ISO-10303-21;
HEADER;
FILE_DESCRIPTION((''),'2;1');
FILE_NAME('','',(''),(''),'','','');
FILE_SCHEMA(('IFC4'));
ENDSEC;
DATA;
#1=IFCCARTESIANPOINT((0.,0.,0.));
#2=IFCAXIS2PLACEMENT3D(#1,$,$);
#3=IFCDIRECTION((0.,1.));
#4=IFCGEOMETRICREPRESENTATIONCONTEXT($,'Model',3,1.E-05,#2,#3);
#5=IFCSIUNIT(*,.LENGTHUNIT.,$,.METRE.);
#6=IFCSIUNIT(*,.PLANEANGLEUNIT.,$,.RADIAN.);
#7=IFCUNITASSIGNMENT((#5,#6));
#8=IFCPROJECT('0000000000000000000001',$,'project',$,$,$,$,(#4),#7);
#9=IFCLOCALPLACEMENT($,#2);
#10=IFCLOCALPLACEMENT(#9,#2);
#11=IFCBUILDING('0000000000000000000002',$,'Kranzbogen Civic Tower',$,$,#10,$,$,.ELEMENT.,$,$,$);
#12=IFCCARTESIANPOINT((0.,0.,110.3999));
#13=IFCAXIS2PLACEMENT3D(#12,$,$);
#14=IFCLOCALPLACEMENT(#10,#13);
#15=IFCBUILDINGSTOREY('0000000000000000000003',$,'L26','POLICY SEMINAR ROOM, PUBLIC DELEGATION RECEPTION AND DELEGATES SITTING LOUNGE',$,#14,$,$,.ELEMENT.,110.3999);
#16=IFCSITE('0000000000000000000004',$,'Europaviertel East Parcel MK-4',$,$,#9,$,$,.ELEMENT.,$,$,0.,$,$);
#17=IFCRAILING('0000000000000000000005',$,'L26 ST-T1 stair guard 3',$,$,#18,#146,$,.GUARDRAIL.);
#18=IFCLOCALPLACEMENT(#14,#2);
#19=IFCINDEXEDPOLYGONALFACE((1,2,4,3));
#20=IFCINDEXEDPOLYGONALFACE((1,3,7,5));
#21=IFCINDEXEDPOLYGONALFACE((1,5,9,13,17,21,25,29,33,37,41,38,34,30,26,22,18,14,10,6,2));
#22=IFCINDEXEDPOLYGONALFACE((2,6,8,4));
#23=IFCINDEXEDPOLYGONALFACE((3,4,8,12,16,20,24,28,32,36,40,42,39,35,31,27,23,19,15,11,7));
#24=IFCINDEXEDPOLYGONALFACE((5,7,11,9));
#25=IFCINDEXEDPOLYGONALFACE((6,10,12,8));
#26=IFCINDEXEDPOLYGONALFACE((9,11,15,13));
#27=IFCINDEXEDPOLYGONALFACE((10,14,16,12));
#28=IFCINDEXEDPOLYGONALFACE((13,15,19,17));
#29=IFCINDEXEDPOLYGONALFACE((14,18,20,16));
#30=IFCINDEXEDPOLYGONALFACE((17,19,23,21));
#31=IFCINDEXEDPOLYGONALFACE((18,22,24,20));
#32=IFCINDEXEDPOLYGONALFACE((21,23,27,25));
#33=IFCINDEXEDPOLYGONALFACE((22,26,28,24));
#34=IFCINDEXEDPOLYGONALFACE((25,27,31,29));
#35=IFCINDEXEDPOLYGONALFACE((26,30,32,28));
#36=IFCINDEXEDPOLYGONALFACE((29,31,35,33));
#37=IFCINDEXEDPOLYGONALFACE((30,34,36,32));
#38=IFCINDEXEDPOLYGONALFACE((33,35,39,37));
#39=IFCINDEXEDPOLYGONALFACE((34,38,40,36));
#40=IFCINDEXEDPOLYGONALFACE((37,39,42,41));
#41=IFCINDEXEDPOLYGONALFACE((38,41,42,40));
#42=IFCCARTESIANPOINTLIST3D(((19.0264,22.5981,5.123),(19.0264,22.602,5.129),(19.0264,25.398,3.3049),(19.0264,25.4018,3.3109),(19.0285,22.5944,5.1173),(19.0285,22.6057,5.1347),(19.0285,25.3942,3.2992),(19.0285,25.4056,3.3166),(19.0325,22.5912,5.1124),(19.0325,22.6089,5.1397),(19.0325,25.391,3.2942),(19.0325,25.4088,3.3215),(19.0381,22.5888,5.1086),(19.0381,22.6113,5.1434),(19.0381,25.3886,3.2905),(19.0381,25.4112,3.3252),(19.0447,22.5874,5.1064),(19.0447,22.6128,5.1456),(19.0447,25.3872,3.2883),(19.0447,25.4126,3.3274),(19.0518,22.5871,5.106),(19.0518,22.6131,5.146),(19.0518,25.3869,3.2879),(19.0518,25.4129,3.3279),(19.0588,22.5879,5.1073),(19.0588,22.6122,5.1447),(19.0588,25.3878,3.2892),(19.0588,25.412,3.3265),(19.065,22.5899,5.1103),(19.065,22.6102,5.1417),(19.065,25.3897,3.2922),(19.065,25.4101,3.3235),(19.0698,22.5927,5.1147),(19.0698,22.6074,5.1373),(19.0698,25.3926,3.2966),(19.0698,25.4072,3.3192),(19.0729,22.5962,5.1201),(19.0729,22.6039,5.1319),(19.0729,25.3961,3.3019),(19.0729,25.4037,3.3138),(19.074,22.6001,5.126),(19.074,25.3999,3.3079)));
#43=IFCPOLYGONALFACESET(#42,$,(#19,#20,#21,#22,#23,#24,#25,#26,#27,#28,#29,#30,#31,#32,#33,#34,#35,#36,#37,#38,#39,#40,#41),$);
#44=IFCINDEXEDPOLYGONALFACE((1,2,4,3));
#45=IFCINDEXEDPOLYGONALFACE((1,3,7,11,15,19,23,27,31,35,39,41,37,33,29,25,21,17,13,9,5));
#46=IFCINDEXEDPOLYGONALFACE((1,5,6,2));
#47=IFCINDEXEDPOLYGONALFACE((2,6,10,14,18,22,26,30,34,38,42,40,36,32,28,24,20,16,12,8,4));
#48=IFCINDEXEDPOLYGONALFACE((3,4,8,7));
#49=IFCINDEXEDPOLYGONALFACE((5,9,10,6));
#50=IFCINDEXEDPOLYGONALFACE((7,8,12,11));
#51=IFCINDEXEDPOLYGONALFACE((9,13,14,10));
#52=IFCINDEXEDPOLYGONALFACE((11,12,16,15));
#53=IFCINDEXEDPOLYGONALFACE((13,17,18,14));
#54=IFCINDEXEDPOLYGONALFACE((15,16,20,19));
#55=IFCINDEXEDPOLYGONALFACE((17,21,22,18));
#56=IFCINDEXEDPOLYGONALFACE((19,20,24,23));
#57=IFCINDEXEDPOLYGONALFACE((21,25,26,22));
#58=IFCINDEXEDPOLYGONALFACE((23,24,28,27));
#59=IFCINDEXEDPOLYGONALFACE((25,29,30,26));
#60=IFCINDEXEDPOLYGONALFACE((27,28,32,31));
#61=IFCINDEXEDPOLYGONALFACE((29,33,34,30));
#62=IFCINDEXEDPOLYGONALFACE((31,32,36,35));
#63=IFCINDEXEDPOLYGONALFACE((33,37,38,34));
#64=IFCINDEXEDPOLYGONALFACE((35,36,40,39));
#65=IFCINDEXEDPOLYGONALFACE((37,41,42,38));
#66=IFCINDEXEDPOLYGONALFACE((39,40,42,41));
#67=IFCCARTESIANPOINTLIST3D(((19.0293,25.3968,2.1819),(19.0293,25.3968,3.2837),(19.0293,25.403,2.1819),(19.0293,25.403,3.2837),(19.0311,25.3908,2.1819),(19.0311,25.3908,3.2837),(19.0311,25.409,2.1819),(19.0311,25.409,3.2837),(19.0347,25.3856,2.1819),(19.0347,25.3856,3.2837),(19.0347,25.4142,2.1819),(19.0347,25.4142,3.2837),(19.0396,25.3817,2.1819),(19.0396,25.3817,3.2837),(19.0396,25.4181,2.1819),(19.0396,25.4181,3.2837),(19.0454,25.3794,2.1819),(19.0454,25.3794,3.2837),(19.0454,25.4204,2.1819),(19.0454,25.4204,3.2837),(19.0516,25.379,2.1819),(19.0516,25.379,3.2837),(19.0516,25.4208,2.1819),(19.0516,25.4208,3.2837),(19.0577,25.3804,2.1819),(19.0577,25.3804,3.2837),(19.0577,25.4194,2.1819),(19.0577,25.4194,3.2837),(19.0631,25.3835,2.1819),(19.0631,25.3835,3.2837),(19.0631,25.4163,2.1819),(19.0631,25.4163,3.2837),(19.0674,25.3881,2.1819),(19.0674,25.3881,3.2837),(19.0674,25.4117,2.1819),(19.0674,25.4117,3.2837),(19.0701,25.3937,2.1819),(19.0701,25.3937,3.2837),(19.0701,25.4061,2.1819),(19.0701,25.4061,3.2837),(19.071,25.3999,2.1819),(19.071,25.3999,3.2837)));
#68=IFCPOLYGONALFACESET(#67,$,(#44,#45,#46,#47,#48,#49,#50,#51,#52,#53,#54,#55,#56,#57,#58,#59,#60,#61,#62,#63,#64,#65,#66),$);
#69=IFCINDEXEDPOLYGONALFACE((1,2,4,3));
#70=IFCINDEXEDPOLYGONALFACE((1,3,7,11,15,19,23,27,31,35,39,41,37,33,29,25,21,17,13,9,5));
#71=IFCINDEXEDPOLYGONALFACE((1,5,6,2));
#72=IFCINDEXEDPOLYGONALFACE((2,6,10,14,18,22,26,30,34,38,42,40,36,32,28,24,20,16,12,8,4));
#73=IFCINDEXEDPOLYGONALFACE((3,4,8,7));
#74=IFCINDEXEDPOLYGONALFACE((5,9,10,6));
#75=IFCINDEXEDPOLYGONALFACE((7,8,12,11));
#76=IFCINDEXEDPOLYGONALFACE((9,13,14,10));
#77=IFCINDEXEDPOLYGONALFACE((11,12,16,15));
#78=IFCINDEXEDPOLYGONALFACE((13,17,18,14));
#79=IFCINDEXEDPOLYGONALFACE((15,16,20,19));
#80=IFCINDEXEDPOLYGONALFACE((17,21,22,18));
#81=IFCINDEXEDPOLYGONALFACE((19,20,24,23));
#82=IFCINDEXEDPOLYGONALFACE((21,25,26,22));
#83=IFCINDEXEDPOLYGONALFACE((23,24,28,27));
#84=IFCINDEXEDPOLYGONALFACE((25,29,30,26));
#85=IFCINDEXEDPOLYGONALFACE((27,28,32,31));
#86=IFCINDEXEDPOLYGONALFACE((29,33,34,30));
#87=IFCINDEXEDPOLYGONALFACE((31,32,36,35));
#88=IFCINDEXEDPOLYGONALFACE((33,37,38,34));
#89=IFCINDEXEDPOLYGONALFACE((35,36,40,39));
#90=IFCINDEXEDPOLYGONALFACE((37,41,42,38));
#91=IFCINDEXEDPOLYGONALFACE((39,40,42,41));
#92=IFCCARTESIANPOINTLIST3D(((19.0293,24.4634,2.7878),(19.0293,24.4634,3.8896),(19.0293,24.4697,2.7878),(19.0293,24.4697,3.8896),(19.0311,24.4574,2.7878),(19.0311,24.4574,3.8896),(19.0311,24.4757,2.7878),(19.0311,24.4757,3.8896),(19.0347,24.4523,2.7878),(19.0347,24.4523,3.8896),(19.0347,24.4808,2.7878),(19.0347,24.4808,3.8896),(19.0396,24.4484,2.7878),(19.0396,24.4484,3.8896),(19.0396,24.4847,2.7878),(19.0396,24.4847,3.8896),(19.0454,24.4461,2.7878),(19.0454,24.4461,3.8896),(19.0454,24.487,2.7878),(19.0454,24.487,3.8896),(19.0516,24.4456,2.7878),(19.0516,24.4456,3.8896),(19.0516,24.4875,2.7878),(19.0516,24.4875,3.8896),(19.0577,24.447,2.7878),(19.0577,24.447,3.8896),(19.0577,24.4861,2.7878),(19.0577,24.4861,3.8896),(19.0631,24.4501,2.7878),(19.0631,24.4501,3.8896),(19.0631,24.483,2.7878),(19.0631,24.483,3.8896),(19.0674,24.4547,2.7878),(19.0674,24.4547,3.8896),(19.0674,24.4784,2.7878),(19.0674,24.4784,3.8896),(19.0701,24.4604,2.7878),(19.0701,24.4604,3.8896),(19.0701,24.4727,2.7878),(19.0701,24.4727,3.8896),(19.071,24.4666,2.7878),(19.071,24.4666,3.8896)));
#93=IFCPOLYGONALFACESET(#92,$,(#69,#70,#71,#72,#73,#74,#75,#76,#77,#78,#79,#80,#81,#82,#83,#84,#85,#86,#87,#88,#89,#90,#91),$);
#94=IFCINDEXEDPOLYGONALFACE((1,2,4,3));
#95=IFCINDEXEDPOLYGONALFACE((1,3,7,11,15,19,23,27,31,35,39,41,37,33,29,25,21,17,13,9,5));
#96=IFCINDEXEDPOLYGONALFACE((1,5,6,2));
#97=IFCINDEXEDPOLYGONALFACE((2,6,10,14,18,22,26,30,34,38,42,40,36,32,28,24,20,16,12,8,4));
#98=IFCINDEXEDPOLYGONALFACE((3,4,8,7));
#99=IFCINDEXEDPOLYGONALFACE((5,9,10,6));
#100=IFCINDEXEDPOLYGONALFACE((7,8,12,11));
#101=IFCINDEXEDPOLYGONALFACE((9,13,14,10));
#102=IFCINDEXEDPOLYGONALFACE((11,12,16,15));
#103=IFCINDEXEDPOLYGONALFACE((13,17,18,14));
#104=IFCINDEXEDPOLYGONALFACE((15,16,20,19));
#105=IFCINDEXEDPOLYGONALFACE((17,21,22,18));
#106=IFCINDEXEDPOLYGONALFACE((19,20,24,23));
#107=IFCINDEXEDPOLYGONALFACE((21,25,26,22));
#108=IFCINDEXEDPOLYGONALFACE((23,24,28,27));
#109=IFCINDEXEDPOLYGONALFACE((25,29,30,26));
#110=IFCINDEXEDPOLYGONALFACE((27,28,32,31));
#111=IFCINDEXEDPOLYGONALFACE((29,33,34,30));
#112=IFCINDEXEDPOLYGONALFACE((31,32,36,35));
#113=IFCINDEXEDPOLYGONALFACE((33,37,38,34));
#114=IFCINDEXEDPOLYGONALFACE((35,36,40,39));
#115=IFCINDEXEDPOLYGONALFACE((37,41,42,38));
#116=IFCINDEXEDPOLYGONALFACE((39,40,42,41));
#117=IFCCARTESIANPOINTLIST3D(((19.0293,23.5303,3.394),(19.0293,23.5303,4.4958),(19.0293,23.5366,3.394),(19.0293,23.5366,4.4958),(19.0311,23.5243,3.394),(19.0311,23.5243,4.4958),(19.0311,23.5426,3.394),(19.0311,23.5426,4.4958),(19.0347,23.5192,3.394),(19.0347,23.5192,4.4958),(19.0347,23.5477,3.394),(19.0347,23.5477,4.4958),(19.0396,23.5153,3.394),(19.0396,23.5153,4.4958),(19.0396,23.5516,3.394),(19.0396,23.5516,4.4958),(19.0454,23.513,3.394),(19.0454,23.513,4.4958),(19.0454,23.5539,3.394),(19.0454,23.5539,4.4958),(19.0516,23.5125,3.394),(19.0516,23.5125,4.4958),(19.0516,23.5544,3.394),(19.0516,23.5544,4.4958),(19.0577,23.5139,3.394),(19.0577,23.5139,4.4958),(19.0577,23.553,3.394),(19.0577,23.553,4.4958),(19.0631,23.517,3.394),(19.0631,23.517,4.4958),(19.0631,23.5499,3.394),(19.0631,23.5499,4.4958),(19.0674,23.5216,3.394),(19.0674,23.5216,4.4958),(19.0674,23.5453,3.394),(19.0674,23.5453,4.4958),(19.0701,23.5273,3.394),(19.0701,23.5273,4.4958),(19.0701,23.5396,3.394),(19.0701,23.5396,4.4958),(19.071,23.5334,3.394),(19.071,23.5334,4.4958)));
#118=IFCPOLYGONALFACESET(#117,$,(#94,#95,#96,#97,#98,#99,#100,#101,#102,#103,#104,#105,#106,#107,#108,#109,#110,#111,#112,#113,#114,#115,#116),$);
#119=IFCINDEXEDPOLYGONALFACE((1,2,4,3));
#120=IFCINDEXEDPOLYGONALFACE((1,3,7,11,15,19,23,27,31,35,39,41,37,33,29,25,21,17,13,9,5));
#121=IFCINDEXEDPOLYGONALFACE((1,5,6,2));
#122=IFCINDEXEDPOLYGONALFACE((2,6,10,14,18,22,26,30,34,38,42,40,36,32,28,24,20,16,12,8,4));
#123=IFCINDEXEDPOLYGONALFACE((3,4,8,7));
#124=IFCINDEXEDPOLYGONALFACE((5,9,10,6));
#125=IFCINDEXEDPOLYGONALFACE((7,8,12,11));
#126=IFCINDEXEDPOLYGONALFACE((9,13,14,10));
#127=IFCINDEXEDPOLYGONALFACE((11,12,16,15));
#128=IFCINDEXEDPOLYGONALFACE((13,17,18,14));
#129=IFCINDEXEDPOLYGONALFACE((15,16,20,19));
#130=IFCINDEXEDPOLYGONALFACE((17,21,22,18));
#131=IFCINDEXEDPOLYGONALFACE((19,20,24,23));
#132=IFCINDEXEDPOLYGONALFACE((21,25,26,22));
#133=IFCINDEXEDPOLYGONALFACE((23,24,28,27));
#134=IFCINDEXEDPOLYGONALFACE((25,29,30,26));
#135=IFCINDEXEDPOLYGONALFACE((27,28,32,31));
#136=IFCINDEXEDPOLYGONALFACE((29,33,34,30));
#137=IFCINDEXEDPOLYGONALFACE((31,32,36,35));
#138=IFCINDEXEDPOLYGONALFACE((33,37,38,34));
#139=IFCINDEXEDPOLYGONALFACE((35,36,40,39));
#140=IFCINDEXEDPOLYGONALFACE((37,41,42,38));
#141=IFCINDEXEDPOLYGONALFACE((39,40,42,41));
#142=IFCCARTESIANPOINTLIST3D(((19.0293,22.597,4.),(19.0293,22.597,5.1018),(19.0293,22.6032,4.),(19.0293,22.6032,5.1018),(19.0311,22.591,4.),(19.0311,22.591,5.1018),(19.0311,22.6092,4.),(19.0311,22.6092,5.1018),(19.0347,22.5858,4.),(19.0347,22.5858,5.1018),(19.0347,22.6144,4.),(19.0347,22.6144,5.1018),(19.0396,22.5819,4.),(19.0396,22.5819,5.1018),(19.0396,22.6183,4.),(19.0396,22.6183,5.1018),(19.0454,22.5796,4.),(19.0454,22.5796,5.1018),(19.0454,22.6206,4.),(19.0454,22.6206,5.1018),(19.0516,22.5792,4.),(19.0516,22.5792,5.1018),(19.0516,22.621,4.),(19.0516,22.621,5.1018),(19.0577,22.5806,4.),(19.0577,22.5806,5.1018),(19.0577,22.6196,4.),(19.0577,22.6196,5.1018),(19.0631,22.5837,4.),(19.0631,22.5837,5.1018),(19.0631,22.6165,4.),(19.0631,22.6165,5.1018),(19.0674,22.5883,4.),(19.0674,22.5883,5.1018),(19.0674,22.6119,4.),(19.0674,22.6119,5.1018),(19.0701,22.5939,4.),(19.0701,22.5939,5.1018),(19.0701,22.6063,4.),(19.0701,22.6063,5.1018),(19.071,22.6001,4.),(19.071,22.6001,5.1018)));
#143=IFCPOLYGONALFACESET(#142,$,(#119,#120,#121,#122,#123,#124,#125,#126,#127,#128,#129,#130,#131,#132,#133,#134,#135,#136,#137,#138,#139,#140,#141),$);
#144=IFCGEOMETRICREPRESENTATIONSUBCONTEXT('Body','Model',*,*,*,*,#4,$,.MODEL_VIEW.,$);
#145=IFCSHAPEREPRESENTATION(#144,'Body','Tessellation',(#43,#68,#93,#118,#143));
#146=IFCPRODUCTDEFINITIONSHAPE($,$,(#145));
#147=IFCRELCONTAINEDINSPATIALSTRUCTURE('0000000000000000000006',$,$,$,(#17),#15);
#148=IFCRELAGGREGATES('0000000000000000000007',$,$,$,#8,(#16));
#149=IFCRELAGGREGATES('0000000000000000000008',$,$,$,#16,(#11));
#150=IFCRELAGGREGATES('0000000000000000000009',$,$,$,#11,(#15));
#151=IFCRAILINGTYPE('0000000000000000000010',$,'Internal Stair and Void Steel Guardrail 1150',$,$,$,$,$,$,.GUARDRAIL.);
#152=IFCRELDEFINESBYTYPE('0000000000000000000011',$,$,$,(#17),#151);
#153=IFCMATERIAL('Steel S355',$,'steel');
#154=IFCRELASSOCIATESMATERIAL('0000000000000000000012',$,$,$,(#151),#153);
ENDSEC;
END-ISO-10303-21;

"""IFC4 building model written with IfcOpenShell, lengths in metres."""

from ifc_helpers import new_model, si_unit, direction, frame, origin, origin_2d, place, context, subcontext, project, spatial, circle, extrude, material, type_object, element, save


model = new_model("IFC4")

# Units and contexts
model_context = context("Model", 3, precision=1e-05, world=origin(), true_north=direction((0.0, 1.0)))
body_context = subcontext(model_context, "Body", "Model", "MODEL_VIEW")
ifc_project = project(units=[si_unit("LENGTHUNIT", "METRE"), si_unit("PLANEANGLEUNIT", "RADIAN")], contexts=[model_context])

# Site, building, storey
site_placement = place(None, origin())
site = spatial("IfcSite", under=ifc_project, at=site_placement, Name="Europaviertel East Parcel MK-4", CompositionType="ELEMENT", RefElevation=0.0)
building_placement = place(site_placement, origin())
building = spatial("IfcBuilding", under=site, at=building_placement, Name="Kranzbogen Civic Tower", CompositionType="ELEMENT")
storey_placement = place(building_placement, frame((0.0, 0.0, 110.3999)))
storey = spatial("IfcBuildingStorey", under=building, at=storey_placement, Name="L26", Description="POLICY SEMINAR ROOM, PUBLIC DELEGATION RECEPTION AND DELEGATES SITTING LOUNGE", CompositionType="ELEMENT", Elevation=110.3999)

# Shared definitions
ifc_material_1 = material(Name="Steel S355", Category="steel")

# Railing
railing_type_1 = type_object("IfcRailingType", Name="Internal Stair and Void Steel Guardrail 1150", PredefinedType="GUARDRAIL", material=ifc_material_1)
railing_1_placement = place(storey_placement, frame((19.05, 25.3999, 2.1819)))
element("IfcRailing", 1, at=railing_1_placement, inside=storey, type_object=railing_type_1, Name="L26 ST-T1 stair guard 3", PredefinedType="GUARDRAIL", context=body_context, shape_type="SweptSolid", body=[
    extrude(circle(Radius=0.0239, at=origin_2d()), frame((0.0, 0.0, 1.126), z_axis=(0.0, -0.838684, 0.544618), x_axis=(1.0, 0.0, 0.0)), (0.0, 0.0, 1.0), 3.3384),
    extrude(circle(Radius=0.021, at=origin_2d()), origin(), (0.0, 0.0, 1.0), 1.1018),
    extrude(circle(Radius=0.021, at=origin_2d()), frame((0.0, -0.9333, 0.606)), (0.0, 0.0, 1.0), 1.1018),
    extrude(circle(Radius=0.021, at=origin_2d()), frame((0.0, -1.8665, 1.2122)), (0.0, 0.0, 1.0), 1.1018),
    extrude(circle(Radius=0.021, at=origin_2d()), frame((0.0, -2.7998, 1.8181)), (0.0, 0.0, 1.0), 1.1018),
])

save(model, "model.ifc")
